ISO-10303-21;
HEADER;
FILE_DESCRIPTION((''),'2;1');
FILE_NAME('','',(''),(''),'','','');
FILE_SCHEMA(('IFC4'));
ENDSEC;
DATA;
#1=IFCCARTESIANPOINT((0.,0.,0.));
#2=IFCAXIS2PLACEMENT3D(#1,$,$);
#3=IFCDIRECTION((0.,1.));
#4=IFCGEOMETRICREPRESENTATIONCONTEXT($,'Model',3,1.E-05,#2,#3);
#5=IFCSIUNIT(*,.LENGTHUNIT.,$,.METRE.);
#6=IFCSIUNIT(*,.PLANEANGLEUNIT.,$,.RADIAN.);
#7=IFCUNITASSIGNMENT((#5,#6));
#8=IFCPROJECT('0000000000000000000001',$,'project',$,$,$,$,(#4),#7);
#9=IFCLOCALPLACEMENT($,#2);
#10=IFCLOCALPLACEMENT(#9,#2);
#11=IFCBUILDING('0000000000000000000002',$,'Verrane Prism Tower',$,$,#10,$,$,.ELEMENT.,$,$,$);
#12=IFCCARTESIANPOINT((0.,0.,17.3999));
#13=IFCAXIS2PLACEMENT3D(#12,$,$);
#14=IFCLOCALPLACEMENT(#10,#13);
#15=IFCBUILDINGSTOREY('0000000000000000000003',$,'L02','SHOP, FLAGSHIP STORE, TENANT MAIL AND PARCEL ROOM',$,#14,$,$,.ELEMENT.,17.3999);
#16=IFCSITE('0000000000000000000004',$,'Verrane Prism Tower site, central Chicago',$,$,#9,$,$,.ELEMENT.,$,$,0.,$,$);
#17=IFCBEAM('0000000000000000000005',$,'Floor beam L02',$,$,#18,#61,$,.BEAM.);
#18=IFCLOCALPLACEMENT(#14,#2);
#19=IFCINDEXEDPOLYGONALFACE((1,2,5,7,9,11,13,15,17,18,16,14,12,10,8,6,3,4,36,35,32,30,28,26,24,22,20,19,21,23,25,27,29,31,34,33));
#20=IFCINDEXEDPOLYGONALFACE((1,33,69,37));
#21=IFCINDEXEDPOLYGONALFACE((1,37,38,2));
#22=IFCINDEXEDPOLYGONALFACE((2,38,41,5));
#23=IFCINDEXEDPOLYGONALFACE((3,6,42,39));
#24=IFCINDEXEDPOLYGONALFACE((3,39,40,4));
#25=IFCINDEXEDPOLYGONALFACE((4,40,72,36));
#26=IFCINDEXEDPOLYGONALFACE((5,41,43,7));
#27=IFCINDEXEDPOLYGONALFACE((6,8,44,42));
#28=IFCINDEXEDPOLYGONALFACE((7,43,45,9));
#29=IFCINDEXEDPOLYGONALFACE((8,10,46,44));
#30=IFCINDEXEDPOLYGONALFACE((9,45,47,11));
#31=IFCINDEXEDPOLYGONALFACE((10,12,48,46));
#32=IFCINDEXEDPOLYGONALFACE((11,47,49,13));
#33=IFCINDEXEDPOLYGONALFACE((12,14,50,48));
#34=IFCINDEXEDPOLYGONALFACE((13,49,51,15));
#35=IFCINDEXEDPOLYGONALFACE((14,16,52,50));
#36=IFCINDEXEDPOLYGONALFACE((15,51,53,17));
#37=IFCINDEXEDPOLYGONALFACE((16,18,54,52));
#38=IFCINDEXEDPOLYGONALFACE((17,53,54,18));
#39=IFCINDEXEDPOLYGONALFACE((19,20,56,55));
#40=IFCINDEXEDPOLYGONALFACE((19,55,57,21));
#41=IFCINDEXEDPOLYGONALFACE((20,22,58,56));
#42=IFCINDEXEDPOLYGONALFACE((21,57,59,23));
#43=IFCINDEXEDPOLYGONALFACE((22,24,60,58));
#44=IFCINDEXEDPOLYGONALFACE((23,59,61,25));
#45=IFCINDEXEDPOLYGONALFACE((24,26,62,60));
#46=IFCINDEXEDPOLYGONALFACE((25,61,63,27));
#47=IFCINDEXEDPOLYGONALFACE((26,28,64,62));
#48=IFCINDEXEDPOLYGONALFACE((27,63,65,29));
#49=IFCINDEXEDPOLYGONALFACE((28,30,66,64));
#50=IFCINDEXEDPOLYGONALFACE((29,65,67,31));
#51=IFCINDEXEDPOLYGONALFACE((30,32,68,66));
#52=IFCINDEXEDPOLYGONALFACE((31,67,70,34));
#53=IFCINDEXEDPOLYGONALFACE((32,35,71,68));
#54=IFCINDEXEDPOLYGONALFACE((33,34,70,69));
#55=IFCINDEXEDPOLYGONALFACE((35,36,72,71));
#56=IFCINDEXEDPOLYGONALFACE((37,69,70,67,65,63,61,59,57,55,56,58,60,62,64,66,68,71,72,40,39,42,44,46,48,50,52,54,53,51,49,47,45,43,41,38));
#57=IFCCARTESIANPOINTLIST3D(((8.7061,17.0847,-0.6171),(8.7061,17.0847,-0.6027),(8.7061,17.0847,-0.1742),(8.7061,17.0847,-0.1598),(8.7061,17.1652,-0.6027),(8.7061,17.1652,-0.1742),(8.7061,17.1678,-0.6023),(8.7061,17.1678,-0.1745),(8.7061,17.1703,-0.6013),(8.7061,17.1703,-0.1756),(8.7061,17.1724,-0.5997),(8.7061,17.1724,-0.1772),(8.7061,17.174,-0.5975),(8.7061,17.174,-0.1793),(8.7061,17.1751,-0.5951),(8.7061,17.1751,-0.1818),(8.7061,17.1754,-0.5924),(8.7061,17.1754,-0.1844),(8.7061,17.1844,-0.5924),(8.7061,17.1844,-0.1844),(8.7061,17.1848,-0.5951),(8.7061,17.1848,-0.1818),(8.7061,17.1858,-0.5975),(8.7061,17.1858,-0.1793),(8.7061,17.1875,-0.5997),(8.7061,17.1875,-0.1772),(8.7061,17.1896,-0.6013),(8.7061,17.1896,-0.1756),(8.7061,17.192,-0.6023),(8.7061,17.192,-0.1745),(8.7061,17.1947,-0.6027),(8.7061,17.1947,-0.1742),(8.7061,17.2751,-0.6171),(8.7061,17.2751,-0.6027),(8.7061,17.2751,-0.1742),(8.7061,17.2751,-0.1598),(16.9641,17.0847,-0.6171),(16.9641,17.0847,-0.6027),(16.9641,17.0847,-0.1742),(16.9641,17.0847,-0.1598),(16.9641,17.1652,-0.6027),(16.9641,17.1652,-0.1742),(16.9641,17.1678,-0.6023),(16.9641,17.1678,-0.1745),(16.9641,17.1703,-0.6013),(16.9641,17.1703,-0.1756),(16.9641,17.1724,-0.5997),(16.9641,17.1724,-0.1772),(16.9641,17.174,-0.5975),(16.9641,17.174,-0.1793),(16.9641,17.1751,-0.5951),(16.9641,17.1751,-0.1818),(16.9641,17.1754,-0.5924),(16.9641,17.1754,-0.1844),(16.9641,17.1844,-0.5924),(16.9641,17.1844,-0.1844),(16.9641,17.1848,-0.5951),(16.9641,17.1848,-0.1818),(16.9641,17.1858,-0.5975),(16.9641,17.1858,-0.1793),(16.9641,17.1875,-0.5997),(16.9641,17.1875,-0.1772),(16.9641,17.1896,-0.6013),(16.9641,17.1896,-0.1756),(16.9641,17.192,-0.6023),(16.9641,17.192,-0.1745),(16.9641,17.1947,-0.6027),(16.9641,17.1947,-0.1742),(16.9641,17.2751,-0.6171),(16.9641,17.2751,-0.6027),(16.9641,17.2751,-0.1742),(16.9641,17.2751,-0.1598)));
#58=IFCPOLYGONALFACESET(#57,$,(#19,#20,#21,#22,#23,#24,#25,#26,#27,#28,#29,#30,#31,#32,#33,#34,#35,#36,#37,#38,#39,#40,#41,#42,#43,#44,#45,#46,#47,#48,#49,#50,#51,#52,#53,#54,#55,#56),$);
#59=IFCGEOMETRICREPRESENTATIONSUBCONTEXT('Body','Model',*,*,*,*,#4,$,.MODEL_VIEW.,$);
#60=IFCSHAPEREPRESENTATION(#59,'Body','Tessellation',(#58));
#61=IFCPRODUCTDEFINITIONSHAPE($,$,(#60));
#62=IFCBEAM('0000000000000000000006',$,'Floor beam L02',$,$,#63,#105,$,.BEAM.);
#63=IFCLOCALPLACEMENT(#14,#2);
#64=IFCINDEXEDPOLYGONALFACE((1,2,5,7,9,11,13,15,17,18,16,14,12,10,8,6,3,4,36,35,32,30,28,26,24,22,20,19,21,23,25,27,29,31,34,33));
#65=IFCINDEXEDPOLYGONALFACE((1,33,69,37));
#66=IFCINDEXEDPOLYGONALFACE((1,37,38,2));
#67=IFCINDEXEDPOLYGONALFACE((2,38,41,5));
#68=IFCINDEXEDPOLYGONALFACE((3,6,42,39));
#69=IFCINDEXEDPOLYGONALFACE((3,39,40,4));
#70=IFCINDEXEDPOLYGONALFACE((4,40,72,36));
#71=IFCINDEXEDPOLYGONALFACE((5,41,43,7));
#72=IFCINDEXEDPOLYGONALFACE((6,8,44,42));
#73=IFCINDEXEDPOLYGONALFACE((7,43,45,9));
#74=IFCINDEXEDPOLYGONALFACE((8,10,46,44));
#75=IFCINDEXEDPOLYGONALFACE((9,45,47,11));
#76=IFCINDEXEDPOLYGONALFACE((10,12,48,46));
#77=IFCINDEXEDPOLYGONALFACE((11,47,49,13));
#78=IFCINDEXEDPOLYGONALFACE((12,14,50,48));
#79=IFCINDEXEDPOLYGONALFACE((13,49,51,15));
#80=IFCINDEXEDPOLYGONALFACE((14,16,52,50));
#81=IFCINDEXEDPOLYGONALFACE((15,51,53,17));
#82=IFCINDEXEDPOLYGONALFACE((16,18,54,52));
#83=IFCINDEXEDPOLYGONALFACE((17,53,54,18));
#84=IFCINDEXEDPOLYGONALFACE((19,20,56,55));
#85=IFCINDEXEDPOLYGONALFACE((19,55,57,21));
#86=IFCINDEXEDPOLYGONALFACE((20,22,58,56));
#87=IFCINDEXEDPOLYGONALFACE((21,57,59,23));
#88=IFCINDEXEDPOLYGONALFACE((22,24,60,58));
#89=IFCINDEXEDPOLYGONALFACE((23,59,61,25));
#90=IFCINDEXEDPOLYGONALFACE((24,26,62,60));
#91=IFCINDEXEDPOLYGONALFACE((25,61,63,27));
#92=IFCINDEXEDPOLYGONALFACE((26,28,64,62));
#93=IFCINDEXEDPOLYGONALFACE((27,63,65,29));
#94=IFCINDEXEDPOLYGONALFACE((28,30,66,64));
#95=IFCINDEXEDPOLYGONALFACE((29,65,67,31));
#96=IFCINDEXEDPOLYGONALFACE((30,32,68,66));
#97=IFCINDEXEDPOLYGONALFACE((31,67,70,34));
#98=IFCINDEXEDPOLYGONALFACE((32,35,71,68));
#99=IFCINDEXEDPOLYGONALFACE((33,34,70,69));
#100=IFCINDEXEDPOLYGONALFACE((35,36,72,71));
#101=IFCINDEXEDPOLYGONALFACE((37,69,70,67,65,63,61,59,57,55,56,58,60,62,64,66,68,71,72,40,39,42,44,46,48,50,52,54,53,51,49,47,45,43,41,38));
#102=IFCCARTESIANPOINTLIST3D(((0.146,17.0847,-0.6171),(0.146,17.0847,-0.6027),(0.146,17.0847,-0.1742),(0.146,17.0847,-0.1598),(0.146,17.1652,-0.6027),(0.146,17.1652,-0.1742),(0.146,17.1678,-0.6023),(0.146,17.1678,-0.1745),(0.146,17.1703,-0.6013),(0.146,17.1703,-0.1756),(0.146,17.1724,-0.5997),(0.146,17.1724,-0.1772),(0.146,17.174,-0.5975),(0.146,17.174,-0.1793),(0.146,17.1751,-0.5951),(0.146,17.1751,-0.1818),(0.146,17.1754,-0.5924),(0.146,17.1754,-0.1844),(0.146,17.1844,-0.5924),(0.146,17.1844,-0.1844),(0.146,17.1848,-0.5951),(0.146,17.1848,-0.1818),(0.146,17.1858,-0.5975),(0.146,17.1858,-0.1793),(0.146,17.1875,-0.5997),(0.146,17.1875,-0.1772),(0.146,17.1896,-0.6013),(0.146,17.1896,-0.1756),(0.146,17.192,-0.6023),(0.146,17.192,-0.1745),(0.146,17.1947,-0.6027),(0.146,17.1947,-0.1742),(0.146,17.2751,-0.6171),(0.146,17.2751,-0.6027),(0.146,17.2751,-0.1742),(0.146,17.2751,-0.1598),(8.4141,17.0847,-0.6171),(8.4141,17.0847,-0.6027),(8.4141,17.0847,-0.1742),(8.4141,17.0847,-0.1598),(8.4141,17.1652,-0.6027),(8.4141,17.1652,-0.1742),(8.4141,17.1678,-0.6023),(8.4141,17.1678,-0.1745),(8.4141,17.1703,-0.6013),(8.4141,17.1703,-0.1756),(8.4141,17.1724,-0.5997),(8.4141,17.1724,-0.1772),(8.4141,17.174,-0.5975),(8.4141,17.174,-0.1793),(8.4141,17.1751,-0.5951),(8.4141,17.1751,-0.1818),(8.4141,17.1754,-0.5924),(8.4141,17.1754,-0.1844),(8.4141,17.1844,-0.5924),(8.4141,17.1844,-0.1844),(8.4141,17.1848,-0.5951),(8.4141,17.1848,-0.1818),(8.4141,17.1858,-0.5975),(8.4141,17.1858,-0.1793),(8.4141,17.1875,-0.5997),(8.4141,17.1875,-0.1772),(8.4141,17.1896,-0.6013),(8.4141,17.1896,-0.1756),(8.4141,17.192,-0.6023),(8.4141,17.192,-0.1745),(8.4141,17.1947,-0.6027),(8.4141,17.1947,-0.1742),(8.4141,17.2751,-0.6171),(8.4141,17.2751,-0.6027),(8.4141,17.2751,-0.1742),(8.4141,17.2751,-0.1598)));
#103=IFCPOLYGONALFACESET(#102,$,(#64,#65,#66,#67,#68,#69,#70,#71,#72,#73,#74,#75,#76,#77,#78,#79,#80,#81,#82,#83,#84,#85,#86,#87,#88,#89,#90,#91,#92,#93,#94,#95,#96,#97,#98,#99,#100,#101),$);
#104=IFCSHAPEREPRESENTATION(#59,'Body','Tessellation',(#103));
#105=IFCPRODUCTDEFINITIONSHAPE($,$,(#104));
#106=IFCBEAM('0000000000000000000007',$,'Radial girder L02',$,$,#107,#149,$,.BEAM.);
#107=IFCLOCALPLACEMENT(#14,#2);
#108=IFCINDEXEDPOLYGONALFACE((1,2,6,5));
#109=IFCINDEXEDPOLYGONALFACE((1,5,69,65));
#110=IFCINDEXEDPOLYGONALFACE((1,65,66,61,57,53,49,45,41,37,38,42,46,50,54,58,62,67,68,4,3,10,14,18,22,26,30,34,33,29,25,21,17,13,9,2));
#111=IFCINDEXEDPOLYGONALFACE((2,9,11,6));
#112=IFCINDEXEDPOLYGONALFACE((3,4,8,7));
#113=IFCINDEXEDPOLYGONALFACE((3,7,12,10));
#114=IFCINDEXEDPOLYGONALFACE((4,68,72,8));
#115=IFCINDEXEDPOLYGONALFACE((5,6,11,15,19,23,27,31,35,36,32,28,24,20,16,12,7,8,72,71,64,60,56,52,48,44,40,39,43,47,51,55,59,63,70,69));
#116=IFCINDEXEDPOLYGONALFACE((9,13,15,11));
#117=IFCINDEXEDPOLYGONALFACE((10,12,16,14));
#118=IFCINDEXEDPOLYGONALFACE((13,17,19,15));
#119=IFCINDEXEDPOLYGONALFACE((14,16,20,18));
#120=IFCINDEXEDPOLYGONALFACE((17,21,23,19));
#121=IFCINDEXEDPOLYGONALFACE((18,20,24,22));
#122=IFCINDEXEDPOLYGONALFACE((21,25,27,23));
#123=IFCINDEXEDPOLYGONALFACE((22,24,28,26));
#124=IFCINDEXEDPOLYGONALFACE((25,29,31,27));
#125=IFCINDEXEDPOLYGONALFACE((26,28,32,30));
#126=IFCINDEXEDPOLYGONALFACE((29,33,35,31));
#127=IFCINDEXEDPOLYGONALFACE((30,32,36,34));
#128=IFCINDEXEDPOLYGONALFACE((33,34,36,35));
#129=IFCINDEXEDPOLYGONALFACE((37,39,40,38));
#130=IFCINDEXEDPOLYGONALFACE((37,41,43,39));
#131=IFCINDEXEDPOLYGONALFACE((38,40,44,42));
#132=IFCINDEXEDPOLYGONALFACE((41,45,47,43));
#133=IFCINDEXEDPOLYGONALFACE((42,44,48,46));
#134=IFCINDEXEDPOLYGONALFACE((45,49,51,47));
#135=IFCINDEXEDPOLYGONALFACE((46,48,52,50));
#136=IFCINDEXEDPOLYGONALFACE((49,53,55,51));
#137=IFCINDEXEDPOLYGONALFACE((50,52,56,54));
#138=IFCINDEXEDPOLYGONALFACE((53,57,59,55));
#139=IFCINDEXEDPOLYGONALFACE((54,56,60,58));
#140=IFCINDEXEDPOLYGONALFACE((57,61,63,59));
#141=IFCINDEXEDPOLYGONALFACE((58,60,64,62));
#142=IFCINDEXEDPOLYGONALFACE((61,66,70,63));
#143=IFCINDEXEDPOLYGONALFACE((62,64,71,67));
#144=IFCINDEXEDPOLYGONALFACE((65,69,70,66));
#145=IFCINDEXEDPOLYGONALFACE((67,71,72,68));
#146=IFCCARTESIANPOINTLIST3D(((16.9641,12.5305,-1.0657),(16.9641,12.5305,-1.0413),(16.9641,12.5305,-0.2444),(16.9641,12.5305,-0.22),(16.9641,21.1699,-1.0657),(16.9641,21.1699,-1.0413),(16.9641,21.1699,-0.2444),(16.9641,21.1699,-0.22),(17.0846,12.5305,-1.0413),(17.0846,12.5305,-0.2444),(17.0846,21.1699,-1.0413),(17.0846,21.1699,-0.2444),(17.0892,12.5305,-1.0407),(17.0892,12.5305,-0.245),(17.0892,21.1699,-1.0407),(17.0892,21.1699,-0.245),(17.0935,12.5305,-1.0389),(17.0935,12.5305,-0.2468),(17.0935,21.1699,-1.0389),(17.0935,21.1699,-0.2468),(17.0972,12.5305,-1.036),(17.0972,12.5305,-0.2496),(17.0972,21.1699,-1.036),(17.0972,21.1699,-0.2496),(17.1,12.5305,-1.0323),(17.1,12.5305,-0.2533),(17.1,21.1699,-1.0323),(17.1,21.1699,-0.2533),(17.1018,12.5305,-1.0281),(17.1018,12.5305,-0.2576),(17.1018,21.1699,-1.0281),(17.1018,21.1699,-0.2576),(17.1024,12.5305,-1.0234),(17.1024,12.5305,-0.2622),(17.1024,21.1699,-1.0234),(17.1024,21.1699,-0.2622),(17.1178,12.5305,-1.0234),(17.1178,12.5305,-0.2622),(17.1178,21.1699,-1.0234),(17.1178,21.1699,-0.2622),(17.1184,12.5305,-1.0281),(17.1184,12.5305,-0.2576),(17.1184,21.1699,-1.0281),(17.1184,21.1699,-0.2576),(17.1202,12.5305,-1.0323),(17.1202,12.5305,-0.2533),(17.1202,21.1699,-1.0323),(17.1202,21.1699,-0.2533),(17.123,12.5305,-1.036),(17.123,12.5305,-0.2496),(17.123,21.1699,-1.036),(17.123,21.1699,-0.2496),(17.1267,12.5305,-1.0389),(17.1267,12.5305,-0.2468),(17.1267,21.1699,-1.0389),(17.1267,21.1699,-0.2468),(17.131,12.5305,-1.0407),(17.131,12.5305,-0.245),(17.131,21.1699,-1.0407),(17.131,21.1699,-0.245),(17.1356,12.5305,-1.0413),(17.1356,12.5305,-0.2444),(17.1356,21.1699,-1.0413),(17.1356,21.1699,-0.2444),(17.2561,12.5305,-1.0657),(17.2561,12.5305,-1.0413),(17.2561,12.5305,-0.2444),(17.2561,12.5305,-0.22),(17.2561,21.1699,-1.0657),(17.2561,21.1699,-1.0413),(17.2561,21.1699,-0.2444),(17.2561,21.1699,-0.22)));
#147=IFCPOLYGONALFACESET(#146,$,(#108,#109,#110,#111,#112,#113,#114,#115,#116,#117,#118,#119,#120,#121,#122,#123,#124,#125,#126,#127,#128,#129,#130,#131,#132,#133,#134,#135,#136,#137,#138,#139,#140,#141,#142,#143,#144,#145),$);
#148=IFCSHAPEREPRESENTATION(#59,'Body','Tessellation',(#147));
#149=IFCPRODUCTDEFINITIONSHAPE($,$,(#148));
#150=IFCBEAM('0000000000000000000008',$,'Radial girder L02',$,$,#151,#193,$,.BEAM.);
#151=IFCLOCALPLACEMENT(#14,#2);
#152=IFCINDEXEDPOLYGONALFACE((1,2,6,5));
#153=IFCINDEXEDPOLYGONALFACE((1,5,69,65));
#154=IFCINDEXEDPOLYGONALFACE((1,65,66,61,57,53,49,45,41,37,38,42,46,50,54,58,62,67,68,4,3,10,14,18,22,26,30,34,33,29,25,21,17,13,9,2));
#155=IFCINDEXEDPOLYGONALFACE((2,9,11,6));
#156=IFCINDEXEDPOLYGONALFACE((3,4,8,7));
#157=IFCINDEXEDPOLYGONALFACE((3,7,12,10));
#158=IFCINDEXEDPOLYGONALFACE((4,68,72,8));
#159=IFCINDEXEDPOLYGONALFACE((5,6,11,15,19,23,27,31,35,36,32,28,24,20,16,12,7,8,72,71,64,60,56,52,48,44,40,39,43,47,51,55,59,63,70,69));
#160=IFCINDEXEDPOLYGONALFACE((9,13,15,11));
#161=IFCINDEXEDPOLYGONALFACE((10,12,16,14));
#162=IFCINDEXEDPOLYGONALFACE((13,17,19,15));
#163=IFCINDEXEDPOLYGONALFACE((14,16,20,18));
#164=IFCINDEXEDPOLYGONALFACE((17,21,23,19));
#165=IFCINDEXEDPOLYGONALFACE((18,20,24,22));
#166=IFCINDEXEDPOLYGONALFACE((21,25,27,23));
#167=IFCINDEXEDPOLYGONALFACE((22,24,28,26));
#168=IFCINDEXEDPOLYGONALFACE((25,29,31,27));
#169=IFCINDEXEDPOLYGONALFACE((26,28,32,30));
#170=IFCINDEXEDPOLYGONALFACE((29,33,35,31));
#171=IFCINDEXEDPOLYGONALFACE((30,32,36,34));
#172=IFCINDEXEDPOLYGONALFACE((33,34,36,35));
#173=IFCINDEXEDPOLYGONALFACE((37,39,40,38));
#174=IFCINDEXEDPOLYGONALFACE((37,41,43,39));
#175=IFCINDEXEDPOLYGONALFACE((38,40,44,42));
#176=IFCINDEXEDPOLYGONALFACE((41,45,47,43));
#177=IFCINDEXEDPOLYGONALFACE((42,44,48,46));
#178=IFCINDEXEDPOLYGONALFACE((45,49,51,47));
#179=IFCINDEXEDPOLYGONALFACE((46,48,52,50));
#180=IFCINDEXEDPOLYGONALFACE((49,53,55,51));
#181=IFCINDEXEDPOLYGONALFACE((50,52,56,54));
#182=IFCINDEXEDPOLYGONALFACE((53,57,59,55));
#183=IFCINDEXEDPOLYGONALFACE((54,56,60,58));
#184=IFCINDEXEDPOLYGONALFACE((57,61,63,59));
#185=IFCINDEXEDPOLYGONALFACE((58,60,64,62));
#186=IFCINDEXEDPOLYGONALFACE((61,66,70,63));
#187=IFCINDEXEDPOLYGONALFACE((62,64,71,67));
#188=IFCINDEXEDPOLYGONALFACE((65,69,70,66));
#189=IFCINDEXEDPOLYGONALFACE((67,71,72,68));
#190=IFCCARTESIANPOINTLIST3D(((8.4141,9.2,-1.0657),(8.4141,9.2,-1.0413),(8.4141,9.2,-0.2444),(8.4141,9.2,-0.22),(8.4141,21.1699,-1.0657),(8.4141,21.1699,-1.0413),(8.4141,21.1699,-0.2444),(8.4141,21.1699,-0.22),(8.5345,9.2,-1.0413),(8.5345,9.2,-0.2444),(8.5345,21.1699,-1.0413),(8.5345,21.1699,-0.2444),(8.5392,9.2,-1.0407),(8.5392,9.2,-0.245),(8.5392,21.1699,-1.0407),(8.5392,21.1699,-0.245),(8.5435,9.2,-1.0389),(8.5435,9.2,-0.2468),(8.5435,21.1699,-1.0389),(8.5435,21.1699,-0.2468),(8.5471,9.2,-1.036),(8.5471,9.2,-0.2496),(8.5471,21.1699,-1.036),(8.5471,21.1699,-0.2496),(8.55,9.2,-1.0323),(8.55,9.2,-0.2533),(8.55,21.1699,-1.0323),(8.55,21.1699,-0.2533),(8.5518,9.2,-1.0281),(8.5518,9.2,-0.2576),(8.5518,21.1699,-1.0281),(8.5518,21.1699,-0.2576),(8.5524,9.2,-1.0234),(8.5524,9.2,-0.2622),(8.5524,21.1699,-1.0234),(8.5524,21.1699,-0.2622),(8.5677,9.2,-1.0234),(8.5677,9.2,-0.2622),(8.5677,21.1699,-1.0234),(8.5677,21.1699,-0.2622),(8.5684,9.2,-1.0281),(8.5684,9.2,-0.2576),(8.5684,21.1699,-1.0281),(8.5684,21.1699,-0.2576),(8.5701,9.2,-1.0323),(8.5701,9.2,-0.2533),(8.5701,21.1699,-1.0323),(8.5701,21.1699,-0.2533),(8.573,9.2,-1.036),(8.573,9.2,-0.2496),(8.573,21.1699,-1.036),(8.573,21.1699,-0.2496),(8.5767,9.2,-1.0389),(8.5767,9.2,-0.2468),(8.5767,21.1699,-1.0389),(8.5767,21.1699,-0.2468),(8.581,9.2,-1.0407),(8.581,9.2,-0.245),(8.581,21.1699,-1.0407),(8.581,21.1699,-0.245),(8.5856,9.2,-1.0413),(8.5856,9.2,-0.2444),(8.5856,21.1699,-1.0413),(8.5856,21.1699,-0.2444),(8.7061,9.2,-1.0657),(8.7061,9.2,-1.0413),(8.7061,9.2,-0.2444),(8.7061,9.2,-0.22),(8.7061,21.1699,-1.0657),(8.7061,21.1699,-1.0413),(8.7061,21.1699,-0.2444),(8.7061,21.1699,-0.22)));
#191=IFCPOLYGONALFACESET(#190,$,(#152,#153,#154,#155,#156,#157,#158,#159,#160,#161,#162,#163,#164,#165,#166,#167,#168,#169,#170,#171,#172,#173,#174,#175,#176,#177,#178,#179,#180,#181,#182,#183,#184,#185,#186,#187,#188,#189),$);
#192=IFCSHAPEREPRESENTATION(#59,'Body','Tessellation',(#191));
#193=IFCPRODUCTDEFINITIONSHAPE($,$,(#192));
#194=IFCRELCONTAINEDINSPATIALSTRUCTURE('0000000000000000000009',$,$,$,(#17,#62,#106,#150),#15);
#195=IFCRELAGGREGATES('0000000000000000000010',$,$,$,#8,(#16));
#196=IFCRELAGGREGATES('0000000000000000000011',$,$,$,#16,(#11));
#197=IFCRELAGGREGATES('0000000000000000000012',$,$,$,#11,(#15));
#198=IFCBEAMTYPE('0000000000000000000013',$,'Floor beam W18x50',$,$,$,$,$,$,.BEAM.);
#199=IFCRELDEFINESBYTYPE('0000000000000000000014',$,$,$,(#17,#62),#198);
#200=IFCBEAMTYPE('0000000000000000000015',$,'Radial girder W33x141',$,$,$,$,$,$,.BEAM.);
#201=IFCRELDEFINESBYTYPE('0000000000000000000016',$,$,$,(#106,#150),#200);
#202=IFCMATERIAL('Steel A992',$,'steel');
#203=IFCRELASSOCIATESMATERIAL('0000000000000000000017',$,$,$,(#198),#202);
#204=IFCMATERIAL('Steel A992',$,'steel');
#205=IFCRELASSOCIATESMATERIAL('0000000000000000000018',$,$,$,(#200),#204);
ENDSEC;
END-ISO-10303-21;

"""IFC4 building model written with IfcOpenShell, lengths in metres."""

from ifc_helpers import new_model, si_unit, direction, frame, origin, origin_2d, place, context, subcontext, project, spatial, i_section, extrude, material, material_profile, profile_set, type_object, element, save


model = new_model("IFC4")

# Units and contexts
model_context = context("Model", 3, precision=1e-05, world=origin(), true_north=direction((0.0, 1.0)))
body_context = subcontext(model_context, "Body", "Model", "MODEL_VIEW")
ifc_project = project(units=[si_unit("LENGTHUNIT", "METRE"), si_unit("PLANEANGLEUNIT", "RADIAN")], contexts=[model_context])

# Site, building, storey
site_placement = place(None, origin())
site = spatial("IfcSite", under=ifc_project, at=site_placement, Name="Verrane Prism Tower site, central Chicago", CompositionType="ELEMENT", RefElevation=0.0)
building_placement = place(site_placement, origin())
building = spatial("IfcBuilding", under=site, at=building_placement, Name="Verrane Prism Tower", CompositionType="ELEMENT")
storey_placement = place(building_placement, frame((0.0, 0.0, 17.3999)))
storey = spatial("IfcBuildingStorey", under=building, at=storey_placement, Name="L02", Description="SHOP, FLAGSHIP STORE, TENANT MAIL AND PARCEL ROOM", CompositionType="ELEMENT", Elevation=17.3999)

# Beams
ifc_material_1 = material(Name="Steel A992", Category="steel")
ifc_material_profile_1 = material_profile(ifc_material_1, i_section(OverallWidth=0.1904, OverallDepth=0.4573, WebThickness=0.009, FlangeThickness=0.0144, FilletRadius=0.0103, at=origin_2d()), Name="W18x50")
ifc_profile_set_1 = profile_set([ifc_material_profile_1], Name="Steel A992")
beam_type_1 = type_object("IfcBeamType", Name="Floor beam W18x50", PredefinedType="BEAM", material=ifc_profile_set_1)
beam_1_placement = place(storey_placement, frame((8.7061, 17.1799, -0.3884), z_axis=(1.0, 0.0, 0.0), x_axis=(0.0, 1.0, 0.0)))
element("IfcBeam", 1, at=beam_1_placement, inside=storey, type_object=beam_type_1, Name="Floor beam L02", PredefinedType="BEAM", context=body_context, shape_type="SweptSolid", body=[
    extrude(i_section(OverallWidth=0.1904, OverallDepth=0.4573, WebThickness=0.009, FlangeThickness=0.0144, FilletRadius=0.0103, at=origin_2d()), origin(), (0.0, 0.0, 1.0), 8.2581),
])
beam_2_placement = place(storey_placement, frame((0.146, 17.1799, -0.3884), z_axis=(1.0, 0.0, 0.0), x_axis=(0.0, 1.0, 0.0)))
element("IfcBeam", 2, at=beam_2_placement, inside=storey, type_object=beam_type_1, Name="Floor beam L02", PredefinedType="BEAM", context=body_context, shape_type="SweptSolid", body=[
    extrude(i_section(OverallWidth=0.1904, OverallDepth=0.4573, WebThickness=0.009, FlangeThickness=0.0144, FilletRadius=0.0103, at=origin_2d()), origin(), (0.0, 0.0, 1.0), 8.2681),
])
ifc_material_2 = material(Name="Steel A992", Category="steel")
ifc_material_profile_2 = material_profile(ifc_material_2, i_section(OverallWidth=0.292, OverallDepth=0.8457, WebThickness=0.0154, FlangeThickness=0.0244, FilletRadius=0.0178, at=origin_2d()), Name="W33x141")
ifc_profile_set_2 = profile_set([ifc_material_profile_2], Name="Steel A992")
beam_type_2 = type_object("IfcBeamType", Name="Radial girder W33x141", PredefinedType="BEAM", material=ifc_profile_set_2)
beam_3_placement = place(storey_placement, frame((17.1101, 21.1699, -0.6428), z_axis=(0.0, -1.0, 0.0), x_axis=(1.0, 0.0, 0.0)))
element("IfcBeam", 3, at=beam_3_placement, inside=storey, type_object=beam_type_2, Name="Radial girder L02", PredefinedType="BEAM", context=body_context, shape_type="SweptSolid", body=[
    extrude(i_section(OverallWidth=0.292, OverallDepth=0.8457, WebThickness=0.0154, FlangeThickness=0.0244, FilletRadius=0.0178, at=origin_2d()), origin(), (0.0, 0.0, 1.0), 8.6394),
])
beam_4_placement = place(storey_placement, frame((8.5601, 21.1699, -0.6428), z_axis=(0.0, -1.0, 0.0), x_axis=(1.0, 0.0, 0.0)))
element("IfcBeam", 4, at=beam_4_placement, inside=storey, type_object=beam_type_2, Name="Radial girder L02", PredefinedType="BEAM", context=body_context, shape_type="SweptSolid", body=[
    extrude(i_section(OverallWidth=0.292, OverallDepth=0.8457, WebThickness=0.0154, FlangeThickness=0.0244, FilletRadius=0.0178, at=origin_2d()), origin(), (0.0, 0.0, 1.0), 11.97),
])

save(model, "model.ifc")
